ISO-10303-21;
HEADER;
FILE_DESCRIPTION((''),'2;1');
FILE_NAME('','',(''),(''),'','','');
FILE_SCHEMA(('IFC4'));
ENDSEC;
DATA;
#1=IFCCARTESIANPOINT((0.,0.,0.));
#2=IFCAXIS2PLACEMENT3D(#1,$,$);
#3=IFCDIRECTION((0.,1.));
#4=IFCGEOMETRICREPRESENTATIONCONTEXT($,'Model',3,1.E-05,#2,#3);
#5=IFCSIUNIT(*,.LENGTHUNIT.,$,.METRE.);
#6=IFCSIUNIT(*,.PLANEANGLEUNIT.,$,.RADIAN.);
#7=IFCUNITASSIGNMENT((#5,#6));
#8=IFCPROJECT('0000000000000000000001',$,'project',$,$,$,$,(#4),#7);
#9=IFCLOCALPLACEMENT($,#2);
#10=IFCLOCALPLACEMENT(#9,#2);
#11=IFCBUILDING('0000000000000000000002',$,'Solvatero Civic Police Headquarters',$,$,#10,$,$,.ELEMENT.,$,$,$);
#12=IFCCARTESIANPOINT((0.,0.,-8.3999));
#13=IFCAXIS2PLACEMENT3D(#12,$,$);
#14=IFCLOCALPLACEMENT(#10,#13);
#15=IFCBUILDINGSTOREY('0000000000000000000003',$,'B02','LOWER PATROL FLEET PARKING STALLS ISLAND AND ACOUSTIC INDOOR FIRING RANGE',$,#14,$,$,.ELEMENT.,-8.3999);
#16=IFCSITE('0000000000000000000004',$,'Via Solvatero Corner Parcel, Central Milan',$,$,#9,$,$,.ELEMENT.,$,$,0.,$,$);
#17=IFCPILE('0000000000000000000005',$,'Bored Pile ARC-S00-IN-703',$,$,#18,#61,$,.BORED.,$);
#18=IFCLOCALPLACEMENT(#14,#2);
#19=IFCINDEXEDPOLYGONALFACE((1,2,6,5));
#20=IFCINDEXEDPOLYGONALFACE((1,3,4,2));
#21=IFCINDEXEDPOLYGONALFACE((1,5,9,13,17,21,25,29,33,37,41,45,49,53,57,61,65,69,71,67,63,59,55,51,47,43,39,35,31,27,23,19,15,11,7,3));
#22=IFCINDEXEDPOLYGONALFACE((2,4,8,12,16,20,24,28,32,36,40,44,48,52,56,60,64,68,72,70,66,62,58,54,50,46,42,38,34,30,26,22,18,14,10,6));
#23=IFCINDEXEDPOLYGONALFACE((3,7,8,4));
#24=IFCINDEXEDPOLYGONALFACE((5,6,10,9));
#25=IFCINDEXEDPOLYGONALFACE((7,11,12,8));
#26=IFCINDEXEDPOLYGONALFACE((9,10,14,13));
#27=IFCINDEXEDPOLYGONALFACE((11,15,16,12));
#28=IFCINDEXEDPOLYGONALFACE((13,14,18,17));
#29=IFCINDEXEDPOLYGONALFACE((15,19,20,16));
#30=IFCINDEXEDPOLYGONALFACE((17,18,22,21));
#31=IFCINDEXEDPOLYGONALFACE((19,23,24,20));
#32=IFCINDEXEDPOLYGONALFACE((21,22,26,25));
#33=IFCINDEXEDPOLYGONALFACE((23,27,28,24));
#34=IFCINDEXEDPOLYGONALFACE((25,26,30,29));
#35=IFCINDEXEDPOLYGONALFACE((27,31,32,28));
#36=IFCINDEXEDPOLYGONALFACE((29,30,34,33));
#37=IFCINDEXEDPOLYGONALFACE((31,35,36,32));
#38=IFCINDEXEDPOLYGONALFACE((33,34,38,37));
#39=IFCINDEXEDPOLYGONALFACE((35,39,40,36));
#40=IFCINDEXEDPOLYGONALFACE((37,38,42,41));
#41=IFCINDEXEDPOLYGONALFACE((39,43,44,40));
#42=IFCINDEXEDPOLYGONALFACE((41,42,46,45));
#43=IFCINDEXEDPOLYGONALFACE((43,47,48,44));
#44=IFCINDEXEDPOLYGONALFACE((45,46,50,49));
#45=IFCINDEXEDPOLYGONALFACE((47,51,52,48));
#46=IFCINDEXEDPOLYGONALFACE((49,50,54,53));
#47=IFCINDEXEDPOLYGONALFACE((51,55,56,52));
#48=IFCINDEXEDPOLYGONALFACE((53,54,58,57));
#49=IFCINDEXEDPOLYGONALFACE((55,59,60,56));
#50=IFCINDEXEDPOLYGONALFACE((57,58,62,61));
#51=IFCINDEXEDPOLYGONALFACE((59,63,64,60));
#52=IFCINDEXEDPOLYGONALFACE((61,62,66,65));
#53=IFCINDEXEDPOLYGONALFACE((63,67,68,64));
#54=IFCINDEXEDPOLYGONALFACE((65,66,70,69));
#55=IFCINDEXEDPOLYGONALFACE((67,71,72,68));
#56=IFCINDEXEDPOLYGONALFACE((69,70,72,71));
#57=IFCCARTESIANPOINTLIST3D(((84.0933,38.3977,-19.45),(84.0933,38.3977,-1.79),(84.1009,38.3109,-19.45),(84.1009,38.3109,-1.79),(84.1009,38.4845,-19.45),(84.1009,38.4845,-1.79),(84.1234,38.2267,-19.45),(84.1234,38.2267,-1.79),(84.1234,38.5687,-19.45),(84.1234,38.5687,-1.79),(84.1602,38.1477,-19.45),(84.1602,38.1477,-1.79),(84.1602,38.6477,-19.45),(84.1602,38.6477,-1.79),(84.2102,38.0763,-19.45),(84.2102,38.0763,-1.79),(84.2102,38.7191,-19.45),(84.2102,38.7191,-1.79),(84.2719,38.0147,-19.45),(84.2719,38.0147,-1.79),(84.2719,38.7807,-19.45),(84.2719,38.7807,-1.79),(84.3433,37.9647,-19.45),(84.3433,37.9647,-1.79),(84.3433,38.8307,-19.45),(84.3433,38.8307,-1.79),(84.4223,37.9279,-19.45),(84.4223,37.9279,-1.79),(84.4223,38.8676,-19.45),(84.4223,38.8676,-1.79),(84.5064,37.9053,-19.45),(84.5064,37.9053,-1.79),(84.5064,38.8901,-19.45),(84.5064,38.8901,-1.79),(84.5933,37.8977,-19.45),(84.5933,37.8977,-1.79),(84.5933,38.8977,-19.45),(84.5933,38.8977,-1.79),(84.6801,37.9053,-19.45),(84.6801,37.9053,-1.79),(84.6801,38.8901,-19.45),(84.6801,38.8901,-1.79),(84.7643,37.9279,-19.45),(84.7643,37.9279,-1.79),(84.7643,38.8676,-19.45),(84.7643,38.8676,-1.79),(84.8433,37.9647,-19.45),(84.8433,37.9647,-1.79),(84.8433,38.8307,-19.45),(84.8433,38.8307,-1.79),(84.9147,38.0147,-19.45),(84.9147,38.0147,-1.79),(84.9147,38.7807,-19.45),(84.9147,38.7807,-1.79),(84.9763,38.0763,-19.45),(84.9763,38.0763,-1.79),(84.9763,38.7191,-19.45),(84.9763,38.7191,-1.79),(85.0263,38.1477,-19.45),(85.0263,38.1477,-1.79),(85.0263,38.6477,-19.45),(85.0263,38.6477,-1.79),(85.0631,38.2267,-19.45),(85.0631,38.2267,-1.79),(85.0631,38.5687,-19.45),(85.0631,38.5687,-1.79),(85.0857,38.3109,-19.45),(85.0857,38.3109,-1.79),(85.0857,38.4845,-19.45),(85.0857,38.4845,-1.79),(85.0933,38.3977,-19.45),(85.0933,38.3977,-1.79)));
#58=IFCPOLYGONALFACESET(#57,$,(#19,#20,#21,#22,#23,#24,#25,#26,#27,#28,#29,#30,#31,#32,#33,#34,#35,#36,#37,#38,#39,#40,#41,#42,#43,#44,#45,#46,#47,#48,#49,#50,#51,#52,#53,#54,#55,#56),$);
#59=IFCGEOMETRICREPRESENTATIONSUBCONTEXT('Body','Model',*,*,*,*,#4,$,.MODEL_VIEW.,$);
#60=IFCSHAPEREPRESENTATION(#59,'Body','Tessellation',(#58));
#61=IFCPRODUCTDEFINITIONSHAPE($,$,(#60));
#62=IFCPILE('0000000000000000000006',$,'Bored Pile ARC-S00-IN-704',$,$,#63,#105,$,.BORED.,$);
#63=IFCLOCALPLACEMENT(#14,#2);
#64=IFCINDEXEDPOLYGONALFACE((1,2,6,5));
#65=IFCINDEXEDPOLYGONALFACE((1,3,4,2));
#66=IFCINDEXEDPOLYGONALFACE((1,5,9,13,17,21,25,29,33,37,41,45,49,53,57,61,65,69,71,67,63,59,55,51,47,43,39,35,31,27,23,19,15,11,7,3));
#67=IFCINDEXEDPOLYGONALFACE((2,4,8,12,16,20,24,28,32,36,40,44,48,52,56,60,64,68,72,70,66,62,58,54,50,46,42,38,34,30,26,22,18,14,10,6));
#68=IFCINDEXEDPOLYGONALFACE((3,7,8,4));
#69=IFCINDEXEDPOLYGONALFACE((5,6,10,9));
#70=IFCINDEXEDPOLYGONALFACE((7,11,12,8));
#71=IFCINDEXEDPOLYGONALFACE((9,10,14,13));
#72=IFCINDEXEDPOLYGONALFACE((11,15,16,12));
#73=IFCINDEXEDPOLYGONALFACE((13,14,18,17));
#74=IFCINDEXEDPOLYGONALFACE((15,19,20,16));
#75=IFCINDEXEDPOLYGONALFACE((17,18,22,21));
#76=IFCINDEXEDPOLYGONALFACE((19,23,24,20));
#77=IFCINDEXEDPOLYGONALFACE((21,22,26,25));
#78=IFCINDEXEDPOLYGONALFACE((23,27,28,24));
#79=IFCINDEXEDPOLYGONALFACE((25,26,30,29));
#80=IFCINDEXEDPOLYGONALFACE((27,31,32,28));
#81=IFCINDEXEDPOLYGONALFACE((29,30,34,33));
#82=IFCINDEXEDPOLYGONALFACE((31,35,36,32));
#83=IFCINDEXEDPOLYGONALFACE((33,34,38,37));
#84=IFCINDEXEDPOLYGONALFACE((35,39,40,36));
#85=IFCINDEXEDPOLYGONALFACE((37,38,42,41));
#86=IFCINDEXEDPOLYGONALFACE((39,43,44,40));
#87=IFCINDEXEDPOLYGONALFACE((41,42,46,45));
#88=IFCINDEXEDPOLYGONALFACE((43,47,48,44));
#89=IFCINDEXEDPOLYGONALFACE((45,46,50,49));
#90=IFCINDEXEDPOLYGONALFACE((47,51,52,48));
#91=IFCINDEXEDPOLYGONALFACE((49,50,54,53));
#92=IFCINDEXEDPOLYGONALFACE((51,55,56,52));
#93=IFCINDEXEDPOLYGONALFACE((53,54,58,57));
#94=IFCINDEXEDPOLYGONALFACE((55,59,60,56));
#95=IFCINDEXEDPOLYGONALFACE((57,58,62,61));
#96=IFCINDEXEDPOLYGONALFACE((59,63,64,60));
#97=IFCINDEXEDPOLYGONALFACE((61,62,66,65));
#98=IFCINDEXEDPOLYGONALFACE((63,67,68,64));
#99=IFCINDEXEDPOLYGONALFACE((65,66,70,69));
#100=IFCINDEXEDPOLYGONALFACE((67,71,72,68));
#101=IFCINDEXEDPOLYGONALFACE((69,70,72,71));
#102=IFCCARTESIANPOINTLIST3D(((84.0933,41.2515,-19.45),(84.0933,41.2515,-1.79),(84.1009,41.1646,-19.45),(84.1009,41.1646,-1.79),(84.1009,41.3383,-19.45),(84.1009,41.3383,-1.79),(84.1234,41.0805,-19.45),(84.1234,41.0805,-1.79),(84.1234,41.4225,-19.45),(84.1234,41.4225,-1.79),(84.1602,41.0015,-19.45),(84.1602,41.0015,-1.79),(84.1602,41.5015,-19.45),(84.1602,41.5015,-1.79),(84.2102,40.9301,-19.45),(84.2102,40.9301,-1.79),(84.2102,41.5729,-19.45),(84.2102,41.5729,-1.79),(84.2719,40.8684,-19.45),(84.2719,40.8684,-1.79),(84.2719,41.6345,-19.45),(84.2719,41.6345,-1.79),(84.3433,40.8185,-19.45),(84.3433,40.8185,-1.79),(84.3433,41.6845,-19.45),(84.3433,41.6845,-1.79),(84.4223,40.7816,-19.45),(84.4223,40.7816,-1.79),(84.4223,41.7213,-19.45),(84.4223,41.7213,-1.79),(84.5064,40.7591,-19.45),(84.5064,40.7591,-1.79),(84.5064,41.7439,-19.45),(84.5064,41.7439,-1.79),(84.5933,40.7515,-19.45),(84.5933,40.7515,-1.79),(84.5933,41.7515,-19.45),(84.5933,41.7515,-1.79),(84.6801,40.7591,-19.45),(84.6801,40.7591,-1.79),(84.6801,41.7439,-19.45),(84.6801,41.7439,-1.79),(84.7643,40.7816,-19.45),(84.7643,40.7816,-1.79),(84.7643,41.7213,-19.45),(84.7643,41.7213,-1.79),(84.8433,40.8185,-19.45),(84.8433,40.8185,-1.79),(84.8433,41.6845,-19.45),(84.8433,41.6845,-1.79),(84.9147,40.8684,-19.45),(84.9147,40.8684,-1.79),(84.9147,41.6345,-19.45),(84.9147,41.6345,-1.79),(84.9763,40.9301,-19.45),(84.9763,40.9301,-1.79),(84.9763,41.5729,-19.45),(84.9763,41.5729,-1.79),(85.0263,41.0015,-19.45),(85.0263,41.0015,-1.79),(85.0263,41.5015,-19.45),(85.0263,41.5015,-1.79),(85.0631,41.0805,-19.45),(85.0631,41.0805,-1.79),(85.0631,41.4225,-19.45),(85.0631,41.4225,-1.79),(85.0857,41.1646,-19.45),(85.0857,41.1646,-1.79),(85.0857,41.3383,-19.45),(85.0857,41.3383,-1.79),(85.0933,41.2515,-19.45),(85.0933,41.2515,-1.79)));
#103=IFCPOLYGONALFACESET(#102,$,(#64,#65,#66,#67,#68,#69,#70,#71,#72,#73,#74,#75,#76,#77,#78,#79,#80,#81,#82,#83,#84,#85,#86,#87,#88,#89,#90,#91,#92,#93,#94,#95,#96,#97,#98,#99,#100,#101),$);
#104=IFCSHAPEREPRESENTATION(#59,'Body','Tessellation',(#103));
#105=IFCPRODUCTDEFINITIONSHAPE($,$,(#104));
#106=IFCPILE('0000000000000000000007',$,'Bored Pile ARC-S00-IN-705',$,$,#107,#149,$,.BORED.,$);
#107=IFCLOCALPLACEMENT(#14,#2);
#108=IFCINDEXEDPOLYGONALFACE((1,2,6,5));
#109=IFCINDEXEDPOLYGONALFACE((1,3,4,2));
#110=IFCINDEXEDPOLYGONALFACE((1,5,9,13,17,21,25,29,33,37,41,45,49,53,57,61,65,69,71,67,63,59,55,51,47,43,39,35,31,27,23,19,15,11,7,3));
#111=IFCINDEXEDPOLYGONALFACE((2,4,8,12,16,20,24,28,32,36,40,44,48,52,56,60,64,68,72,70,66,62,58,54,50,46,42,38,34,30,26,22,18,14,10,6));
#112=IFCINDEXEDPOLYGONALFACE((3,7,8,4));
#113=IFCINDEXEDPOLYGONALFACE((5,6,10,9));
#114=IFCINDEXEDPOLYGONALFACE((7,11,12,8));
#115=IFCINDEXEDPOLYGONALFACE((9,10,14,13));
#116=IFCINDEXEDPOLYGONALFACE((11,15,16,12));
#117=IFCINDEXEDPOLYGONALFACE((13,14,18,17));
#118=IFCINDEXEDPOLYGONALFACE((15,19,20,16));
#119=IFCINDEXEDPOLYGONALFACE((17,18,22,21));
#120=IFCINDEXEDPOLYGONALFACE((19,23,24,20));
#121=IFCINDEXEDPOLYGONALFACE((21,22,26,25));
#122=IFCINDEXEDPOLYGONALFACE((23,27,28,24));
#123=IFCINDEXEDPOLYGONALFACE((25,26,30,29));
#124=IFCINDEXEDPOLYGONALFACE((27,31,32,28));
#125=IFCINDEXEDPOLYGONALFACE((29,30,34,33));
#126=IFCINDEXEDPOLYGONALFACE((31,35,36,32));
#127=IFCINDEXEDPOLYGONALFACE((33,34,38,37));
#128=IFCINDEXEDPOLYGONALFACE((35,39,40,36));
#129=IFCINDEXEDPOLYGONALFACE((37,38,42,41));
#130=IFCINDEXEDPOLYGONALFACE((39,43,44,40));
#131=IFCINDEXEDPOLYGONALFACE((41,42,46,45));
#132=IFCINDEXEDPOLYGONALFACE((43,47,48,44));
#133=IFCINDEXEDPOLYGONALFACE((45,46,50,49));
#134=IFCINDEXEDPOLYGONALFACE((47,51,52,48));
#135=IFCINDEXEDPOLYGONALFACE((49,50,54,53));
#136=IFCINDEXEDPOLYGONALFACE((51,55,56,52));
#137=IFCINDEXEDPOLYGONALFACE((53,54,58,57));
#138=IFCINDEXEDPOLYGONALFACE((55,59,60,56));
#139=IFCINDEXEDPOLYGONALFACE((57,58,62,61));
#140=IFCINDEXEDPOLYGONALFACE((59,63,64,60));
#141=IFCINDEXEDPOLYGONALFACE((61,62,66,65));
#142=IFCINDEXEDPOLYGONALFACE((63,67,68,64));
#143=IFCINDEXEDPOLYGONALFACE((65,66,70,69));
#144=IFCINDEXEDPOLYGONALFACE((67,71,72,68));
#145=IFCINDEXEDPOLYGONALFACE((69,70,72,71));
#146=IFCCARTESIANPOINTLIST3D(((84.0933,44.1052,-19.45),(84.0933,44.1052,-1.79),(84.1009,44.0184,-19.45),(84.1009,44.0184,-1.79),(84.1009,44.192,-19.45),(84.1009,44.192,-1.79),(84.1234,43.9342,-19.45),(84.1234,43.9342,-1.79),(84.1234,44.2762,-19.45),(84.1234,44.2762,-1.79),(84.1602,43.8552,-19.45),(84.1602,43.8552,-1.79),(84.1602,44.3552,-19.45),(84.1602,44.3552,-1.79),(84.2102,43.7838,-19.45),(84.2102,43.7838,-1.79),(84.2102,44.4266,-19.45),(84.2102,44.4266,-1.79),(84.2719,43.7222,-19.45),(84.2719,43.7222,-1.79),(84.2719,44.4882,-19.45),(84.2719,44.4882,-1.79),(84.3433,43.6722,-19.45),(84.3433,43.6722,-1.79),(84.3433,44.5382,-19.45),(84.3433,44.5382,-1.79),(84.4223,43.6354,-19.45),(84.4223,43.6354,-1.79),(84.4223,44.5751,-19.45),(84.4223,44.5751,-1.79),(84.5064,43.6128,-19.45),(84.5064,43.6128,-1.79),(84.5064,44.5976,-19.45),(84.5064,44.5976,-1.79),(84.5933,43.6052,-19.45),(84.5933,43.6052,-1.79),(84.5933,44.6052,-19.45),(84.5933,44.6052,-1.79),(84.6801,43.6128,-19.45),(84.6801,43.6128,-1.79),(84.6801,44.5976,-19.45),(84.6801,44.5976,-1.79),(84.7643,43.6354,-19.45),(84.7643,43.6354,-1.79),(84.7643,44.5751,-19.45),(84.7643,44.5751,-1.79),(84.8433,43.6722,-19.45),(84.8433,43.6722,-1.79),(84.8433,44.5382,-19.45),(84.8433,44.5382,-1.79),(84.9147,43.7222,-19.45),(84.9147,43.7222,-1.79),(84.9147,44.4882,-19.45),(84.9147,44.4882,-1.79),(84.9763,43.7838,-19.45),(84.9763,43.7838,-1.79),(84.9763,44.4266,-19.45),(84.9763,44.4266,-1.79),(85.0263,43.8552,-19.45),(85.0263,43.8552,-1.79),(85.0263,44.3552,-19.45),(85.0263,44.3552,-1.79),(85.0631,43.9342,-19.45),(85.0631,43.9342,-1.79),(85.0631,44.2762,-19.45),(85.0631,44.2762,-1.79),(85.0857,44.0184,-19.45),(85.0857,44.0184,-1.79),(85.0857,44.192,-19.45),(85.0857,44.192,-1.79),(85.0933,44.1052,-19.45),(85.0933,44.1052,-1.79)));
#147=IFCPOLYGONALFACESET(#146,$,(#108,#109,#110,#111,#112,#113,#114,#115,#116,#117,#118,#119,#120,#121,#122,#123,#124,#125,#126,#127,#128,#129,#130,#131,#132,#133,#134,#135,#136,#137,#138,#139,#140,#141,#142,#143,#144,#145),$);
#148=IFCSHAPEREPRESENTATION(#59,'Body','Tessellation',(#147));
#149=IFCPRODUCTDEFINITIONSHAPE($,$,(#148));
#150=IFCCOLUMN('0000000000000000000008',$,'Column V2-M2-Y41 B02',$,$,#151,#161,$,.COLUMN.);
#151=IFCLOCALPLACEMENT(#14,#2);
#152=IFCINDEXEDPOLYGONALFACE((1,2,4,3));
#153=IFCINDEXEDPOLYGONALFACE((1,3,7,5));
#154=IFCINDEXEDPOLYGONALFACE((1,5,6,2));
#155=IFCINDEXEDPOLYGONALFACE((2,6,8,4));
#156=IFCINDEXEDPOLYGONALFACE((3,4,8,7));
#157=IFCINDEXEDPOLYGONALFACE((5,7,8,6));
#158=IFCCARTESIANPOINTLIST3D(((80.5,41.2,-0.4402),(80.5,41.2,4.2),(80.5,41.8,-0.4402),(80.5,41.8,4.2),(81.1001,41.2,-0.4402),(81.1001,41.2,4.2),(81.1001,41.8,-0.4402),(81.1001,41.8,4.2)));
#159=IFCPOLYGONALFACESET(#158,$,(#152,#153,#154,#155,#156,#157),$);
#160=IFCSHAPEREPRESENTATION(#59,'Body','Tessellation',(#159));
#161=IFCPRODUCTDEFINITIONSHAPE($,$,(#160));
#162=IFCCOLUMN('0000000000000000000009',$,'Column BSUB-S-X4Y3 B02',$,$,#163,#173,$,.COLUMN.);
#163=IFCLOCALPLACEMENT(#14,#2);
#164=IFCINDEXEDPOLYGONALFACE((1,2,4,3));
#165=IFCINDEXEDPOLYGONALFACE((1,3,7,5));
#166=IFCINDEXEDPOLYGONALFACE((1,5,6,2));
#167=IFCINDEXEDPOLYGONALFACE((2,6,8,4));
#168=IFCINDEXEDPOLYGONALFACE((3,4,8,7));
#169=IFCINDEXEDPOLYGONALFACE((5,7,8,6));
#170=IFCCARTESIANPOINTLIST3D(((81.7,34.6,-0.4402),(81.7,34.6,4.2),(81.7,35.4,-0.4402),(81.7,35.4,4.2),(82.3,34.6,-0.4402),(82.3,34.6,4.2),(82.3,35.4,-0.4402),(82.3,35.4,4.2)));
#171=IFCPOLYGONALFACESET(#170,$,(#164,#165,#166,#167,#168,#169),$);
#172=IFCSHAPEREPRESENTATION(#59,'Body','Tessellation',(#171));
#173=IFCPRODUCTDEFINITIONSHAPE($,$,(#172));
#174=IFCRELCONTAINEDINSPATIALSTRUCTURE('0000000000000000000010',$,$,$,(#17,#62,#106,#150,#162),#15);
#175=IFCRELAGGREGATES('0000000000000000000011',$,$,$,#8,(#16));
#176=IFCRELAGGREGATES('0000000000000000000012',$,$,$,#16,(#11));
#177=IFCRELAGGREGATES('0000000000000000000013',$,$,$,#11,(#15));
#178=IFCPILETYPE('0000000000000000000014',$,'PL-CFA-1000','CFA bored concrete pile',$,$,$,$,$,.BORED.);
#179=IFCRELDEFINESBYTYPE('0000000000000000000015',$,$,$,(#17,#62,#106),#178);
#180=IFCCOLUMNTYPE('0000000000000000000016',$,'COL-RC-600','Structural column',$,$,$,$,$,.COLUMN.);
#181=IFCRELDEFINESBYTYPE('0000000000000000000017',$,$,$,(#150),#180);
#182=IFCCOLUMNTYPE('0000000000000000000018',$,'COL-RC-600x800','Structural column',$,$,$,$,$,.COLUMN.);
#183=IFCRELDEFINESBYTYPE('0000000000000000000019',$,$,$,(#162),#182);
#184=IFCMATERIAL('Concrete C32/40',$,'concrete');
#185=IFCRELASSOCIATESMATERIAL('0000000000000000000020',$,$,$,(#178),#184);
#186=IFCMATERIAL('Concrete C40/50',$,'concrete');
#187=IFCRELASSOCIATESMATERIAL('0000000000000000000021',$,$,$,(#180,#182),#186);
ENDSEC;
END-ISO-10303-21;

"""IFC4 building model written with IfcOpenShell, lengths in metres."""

from ifc_helpers import new_model, si_unit, direction, frame, origin, origin_2d, place, context, subcontext, project, spatial, rectangle, circle, extrude, material, material_profile, profile_set, type_object, element, save


model = new_model("IFC4")

# Units and contexts
model_context = context("Model", 3, precision=1e-05, world=origin(), true_north=direction((0.0, 1.0)))
body_context = subcontext(model_context, "Body", "Model", "MODEL_VIEW")
ifc_project = project(units=[si_unit("LENGTHUNIT", "METRE"), si_unit("PLANEANGLEUNIT", "RADIAN")], contexts=[model_context])

# Site, building, storey
site_placement = place(None, origin())
site = spatial("IfcSite", under=ifc_project, at=site_placement, Name="Via Solvatero Corner Parcel, Central Milan", CompositionType="ELEMENT", RefElevation=0.0)
building_placement = place(site_placement, origin())
building = spatial("IfcBuilding", under=site, at=building_placement, Name="Solvatero Civic Police Headquarters", CompositionType="ELEMENT")
storey_placement = place(building_placement, frame((0.0, 0.0, -8.3999)))
storey = spatial("IfcBuildingStorey", under=building, at=storey_placement, Name="B02", Description="LOWER PATROL FLEET PARKING STALLS ISLAND AND ACOUSTIC INDOOR FIRING RANGE", CompositionType="ELEMENT", Elevation=-8.3999)

# Piles
ifc_material_1 = material(Name="Concrete C32/40", Category="concrete")
ifc_material_profile_1 = material_profile(ifc_material_1, circle(Radius=0.5, at=origin_2d()), Name="CFA PILE D1000")
ifc_profile_set_1 = profile_set([ifc_material_profile_1], Name="Concrete C32/40")
pile_type = type_object("IfcPileType", Name="PL-CFA-1000", Description="CFA bored concrete pile", PredefinedType="BORED", material=ifc_profile_set_1)
for number, where, z_axis, x_axis, name in (
    (1, (84.5933, 38.3977, -1.79), (0.0, 0.0, -1.0), (1.0, 0.0, 0.0), "Bored Pile ARC-S00-IN-703"),
    (2, (84.5933, 41.2515, -1.79), (0.0, 0.0, -1.0), (1.0, 0.0, 0.0), "Bored Pile ARC-S00-IN-704"),
    (3, (84.5933, 44.1052, -1.79), (0.0, 0.0, -1.0), (1.0, 0.0, 0.0), "Bored Pile ARC-S00-IN-705"),
):
    element("IfcPile", number, at=place(storey_placement, frame(where, z_axis=z_axis, x_axis=x_axis)), inside=storey, type_object=pile_type, Name=name, PredefinedType="BORED", context=body_context, shape_type="SweptSolid", body=[
        extrude(circle(Radius=0.5, at=origin_2d()), origin(), (0.0, 0.0, 1.0), 17.6599),
    ])

# Columns
ifc_material_2 = material(Name="Concrete C40/50", Category="concrete")
ifc_material_profile_2 = material_profile(ifc_material_2, rectangle(XDim=0.6001, YDim=0.6001, at=origin_2d()), Name="RC 600x600")
ifc_profile_set_2 = profile_set([ifc_material_profile_2], Name="Concrete C40/50")
column_type_1 = type_object("IfcColumnType", Name="COL-RC-600", Description="Structural column", PredefinedType="COLUMN", material=ifc_profile_set_2)
column_1_placement = place(storey_placement, frame((80.8, 41.5, -0.4402), z_axis=(0.0, 0.0, 1.0), x_axis=(1.0, 0.0, 0.0)))
element("IfcColumn", 4, at=column_1_placement, inside=storey, type_object=column_type_1, Name="Column V2-M2-Y41 B02", PredefinedType="COLUMN", context=body_context, shape_type="SweptSolid", body=[
    extrude(rectangle(XDim=0.6001, YDim=0.6001, at=origin_2d()), origin(), (0.0, 0.0, 1.0), 4.6401),
])
ifc_material_profile_3 = material_profile(ifc_material_2, rectangle(XDim=0.6001, YDim=0.8, at=origin_2d()), Name="RC 600x800")
ifc_profile_set_3 = profile_set([ifc_material_profile_3], Name="Concrete C40/50")
column_type_2 = type_object("IfcColumnType", Name="COL-RC-600x800", Description="Structural column", PredefinedType="COLUMN", material=ifc_profile_set_3)
column_2_placement = place(storey_placement, frame((82.0, 35.0, -0.4402), z_axis=(0.0, 0.0, 1.0), x_axis=(1.0, 0.0, 0.0)))
element("IfcColumn", 5, at=column_2_placement, inside=storey, type_object=column_type_2, Name="Column BSUB-S-X4Y3 B02", PredefinedType="COLUMN", context=body_context, shape_type="SweptSolid", body=[
    extrude(rectangle(XDim=0.6001, YDim=0.8, at=origin_2d()), origin(), (0.0, 0.0, 1.0), 4.6401),
])

save(model, "model.ifc")
